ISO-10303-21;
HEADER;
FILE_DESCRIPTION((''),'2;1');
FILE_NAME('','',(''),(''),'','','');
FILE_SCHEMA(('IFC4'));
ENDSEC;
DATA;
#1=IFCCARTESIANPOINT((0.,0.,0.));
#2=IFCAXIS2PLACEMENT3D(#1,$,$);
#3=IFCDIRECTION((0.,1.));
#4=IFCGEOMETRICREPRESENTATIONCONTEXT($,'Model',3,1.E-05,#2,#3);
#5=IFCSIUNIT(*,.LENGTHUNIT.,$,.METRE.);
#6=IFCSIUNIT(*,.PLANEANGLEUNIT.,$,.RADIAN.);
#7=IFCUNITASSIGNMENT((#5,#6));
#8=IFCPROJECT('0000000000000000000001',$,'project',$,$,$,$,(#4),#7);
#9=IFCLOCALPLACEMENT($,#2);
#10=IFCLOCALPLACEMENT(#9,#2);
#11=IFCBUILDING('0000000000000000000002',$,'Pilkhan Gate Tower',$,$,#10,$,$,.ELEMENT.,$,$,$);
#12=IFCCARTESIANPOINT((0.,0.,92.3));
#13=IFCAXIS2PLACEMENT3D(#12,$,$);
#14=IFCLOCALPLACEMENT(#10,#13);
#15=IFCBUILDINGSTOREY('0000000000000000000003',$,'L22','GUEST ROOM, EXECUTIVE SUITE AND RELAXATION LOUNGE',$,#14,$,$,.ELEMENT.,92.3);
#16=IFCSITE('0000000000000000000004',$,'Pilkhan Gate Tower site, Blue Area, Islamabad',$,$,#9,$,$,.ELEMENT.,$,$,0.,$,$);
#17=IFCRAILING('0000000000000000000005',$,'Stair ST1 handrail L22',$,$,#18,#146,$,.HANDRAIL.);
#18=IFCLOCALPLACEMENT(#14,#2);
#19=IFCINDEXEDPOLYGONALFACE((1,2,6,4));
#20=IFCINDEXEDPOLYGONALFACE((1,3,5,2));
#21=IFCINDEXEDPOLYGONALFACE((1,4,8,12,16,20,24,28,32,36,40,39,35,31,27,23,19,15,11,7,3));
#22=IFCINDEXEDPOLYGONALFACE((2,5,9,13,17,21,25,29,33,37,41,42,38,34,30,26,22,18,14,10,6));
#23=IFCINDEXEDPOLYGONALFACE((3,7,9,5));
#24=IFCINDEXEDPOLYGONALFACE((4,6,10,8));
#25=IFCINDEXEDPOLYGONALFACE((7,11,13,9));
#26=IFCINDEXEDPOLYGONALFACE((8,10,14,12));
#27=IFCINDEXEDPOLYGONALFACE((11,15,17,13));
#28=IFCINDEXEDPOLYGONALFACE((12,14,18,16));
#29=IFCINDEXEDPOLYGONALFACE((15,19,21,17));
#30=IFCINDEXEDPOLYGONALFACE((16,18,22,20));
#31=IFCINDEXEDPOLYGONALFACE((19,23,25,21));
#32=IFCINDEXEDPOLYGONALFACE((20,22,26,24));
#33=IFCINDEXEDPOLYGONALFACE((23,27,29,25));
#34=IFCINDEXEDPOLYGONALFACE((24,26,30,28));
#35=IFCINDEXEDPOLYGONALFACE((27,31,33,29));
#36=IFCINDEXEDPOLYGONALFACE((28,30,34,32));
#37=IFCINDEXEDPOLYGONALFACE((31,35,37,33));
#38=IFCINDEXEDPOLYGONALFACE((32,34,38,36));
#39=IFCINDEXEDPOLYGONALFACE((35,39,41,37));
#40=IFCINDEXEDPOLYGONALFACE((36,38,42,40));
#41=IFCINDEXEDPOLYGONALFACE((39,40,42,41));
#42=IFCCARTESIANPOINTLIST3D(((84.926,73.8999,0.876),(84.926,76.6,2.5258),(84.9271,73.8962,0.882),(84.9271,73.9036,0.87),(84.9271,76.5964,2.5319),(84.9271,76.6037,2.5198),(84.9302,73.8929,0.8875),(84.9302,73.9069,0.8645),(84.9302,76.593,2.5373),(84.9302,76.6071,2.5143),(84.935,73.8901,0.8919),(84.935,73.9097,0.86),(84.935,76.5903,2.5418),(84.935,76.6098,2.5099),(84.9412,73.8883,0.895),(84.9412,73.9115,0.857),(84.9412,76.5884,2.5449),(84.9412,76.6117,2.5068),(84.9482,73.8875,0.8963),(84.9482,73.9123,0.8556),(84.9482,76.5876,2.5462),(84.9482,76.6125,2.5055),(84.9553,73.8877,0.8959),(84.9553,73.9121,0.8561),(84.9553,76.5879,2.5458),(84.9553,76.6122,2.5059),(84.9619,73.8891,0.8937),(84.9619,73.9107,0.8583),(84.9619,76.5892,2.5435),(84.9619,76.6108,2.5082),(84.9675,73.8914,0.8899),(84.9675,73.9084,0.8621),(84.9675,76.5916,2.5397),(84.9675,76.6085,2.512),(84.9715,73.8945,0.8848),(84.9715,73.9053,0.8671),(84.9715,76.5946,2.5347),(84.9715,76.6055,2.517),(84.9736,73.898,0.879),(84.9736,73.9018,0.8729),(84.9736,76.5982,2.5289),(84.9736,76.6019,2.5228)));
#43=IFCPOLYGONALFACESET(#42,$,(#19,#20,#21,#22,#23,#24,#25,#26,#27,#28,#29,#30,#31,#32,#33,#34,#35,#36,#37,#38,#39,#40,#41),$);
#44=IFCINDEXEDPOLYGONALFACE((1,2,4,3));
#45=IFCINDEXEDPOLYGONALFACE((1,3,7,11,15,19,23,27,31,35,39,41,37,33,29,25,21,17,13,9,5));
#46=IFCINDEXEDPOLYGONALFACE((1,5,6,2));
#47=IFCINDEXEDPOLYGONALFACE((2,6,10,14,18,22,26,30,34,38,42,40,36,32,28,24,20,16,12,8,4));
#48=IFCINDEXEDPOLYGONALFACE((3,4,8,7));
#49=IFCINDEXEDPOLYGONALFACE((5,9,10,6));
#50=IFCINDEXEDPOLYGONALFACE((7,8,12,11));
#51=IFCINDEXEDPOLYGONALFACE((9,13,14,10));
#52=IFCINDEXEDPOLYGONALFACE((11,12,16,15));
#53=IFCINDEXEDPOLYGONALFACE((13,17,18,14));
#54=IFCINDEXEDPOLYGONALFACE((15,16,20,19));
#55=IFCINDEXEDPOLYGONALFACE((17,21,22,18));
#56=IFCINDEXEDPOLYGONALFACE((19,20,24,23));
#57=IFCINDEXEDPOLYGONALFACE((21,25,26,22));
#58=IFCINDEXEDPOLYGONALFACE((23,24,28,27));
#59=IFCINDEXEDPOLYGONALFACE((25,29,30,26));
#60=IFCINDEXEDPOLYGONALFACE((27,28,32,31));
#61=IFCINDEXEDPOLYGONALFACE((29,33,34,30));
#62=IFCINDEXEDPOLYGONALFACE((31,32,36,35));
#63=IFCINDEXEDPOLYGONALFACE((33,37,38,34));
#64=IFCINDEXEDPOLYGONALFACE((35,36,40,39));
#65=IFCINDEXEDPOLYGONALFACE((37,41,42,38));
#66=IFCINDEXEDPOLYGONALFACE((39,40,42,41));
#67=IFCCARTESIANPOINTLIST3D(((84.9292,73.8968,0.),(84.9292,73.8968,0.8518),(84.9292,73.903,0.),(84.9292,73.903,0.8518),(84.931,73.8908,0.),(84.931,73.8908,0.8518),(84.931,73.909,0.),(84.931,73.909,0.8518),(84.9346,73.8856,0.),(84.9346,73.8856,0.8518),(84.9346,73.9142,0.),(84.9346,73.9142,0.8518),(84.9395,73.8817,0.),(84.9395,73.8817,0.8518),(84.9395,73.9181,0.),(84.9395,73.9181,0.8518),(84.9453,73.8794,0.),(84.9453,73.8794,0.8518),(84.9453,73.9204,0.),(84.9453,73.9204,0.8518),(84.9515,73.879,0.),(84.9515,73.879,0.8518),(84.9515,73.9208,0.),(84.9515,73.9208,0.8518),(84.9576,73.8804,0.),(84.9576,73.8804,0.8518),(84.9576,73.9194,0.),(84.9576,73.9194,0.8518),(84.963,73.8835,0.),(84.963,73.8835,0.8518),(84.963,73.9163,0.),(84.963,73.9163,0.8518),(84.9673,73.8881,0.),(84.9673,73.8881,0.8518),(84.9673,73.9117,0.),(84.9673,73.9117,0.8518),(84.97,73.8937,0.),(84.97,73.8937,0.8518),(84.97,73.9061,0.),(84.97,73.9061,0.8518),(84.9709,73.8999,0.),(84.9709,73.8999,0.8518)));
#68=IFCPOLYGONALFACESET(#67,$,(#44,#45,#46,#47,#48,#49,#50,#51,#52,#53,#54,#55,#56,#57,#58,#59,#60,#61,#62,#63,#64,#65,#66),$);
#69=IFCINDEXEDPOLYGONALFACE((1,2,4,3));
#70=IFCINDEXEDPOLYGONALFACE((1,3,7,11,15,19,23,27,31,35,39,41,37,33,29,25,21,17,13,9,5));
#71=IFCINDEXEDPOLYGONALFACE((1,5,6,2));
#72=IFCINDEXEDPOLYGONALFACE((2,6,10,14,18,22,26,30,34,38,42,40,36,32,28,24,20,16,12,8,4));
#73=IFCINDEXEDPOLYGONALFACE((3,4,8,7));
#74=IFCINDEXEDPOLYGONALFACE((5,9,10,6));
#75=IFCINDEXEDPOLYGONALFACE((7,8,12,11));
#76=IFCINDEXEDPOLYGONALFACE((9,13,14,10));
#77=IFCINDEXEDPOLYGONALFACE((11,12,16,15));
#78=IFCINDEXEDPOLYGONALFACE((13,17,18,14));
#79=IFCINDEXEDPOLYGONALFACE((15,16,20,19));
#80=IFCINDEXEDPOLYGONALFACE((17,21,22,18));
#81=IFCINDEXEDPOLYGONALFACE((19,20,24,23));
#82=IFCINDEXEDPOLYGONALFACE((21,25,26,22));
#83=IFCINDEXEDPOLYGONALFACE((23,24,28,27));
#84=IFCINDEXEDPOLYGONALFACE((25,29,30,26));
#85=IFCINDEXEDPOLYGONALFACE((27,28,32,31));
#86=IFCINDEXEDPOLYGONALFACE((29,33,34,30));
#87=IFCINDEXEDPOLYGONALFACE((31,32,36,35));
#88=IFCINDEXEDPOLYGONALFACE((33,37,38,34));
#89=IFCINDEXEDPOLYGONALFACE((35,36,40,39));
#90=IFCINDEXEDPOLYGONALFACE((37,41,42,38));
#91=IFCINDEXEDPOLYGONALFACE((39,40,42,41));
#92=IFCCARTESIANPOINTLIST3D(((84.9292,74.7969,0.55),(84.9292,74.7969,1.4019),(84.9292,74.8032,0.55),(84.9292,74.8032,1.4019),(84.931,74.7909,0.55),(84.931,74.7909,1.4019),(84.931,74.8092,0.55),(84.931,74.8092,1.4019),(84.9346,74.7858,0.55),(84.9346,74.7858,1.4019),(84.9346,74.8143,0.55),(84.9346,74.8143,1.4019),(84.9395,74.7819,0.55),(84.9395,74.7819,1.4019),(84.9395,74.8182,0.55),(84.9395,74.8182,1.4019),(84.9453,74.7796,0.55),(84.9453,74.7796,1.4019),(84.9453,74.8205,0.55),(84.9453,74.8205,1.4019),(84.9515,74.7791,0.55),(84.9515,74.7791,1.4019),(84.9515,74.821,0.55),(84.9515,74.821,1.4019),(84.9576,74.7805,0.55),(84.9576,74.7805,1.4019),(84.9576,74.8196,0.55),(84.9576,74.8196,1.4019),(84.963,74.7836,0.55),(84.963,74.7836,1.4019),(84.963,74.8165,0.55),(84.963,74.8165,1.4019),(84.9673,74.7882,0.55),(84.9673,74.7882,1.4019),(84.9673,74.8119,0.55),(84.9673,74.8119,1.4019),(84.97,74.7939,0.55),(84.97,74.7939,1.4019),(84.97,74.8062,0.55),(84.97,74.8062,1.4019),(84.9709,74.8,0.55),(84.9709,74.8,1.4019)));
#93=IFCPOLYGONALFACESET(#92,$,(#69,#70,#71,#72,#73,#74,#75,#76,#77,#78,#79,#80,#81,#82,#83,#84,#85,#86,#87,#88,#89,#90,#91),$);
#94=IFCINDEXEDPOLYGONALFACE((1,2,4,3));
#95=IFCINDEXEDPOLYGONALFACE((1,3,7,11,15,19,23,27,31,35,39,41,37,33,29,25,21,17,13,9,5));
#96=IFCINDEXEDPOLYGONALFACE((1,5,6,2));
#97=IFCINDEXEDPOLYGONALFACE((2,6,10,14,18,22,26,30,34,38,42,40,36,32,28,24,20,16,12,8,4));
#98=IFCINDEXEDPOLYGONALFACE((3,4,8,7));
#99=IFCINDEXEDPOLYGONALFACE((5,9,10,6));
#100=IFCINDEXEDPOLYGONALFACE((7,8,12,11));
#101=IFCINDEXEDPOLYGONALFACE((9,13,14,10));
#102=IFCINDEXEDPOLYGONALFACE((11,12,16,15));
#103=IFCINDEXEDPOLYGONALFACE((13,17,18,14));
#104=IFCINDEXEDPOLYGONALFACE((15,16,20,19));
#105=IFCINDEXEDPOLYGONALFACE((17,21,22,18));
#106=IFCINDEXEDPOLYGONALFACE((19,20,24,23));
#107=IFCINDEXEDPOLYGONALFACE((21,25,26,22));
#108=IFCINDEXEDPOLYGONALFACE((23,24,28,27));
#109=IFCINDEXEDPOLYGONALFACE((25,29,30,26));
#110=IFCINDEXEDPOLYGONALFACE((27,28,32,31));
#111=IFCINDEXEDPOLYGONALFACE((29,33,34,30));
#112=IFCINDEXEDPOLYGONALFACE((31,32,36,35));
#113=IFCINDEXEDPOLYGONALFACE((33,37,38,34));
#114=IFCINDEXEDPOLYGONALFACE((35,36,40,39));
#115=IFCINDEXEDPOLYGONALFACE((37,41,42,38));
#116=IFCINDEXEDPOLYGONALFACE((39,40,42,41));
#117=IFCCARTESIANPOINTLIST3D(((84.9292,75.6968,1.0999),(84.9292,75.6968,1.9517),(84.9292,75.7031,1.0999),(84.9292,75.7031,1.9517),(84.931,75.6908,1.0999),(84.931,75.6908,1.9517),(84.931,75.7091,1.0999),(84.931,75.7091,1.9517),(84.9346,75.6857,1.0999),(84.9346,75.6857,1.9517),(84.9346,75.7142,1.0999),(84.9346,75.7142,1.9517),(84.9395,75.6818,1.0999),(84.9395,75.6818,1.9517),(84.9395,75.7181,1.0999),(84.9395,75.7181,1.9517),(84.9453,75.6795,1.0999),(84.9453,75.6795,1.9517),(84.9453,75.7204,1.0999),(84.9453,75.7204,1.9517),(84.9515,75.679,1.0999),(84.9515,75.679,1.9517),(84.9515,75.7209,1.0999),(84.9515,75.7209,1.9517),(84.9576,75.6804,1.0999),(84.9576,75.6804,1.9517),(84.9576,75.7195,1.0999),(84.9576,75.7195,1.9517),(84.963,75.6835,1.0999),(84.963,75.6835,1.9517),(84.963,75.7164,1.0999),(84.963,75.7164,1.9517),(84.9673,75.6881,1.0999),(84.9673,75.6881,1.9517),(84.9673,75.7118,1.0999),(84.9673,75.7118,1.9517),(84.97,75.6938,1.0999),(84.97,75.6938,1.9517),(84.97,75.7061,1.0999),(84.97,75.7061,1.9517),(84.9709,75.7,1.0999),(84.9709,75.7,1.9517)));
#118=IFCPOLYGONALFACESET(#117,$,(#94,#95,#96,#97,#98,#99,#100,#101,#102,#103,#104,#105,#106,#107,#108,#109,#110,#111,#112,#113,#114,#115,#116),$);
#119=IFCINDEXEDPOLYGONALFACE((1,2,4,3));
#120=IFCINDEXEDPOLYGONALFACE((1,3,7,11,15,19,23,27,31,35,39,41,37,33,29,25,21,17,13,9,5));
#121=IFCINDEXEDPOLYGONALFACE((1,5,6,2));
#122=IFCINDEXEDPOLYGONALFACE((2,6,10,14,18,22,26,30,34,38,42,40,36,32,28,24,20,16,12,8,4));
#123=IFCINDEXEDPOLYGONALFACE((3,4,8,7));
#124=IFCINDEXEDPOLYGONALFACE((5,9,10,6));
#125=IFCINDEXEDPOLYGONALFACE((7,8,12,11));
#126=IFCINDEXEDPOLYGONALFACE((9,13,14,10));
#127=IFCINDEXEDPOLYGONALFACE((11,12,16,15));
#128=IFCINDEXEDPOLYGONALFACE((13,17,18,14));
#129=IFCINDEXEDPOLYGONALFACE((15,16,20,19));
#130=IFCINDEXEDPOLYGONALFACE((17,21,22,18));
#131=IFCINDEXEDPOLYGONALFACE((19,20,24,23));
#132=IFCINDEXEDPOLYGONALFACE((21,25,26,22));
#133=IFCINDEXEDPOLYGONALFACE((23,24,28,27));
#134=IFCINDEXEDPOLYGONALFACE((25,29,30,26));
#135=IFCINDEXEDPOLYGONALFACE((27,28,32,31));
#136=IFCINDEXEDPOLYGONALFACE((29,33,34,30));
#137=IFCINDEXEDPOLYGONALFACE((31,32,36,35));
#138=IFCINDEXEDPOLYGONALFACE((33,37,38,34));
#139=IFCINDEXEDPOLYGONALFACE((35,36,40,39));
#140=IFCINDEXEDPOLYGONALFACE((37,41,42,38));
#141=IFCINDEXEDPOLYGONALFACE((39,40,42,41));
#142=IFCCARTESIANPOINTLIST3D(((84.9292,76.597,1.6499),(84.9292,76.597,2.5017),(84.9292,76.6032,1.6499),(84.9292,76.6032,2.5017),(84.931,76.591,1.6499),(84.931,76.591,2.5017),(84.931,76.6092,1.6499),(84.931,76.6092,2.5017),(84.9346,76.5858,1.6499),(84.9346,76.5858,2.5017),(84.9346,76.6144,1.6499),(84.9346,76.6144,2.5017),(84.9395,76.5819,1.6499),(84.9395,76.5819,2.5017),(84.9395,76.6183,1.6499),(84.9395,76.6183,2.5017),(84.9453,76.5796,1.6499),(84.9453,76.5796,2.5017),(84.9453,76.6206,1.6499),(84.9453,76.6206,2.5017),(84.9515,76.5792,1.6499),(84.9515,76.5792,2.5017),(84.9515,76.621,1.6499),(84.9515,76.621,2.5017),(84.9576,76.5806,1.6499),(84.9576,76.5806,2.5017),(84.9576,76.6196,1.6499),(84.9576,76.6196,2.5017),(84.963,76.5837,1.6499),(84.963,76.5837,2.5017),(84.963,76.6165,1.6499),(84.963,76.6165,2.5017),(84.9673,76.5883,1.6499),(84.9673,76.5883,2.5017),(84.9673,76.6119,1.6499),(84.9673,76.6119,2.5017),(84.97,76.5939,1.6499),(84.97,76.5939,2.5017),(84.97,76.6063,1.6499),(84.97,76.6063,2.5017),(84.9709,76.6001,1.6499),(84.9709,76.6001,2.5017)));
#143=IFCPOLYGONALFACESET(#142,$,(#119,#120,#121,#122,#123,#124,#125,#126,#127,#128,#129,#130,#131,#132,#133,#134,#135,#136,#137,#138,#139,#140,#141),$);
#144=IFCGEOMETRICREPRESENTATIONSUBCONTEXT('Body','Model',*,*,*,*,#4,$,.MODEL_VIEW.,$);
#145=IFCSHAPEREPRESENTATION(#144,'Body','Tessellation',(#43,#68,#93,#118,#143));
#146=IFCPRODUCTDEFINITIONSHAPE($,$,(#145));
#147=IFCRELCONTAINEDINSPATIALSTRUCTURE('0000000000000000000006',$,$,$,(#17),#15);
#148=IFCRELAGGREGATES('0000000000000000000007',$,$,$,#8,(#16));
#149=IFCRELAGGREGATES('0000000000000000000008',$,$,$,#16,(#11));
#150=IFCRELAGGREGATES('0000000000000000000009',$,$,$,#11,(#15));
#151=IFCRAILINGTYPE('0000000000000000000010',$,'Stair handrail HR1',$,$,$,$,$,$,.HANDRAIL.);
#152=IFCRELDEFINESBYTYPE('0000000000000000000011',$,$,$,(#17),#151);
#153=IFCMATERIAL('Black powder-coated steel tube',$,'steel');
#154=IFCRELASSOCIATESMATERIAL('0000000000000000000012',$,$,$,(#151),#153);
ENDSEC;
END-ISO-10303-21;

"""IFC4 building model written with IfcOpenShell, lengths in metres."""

from ifc_helpers import new_model, si_unit, direction, frame, origin, origin_2d, place, context, subcontext, project, spatial, circle, extrude, material, type_object, element, save


model = new_model("IFC4")

# Units and contexts
model_context = context("Model", 3, precision=1e-05, world=origin(), true_north=direction((0.0, 1.0)))
body_context = subcontext(model_context, "Body", "Model", "MODEL_VIEW")
ifc_project = project(units=[si_unit("LENGTHUNIT", "METRE"), si_unit("PLANEANGLEUNIT", "RADIAN")], contexts=[model_context])

# Site, building, storey
site_placement = place(None, origin())
site = spatial("IfcSite", under=ifc_project, at=site_placement, Name="Pilkhan Gate Tower site, Blue Area, Islamabad", CompositionType="ELEMENT", RefElevation=0.0)
building_placement = place(site_placement, origin())
building = spatial("IfcBuilding", under=site, at=building_placement, Name="Pilkhan Gate Tower", CompositionType="ELEMENT")
storey_placement = place(building_placement, frame((0.0, 0.0, 92.3)))
storey = spatial("IfcBuildingStorey", under=building, at=storey_placement, Name="L22", Description="GUEST ROOM, EXECUTIVE SUITE AND RELAXATION LOUNGE", CompositionType="ELEMENT", Elevation=92.3)

# Railing
ifc_material_1 = material(Name="Black powder-coated steel tube", Category="steel")
railing_type_1 = type_object("IfcRailingType", Name="Stair handrail HR1", PredefinedType="HANDRAIL", material=ifc_material_1)
railing_1_placement = place(storey_placement, frame((84.95, 73.8999, 0.0)))
element("IfcRailing", 1, at=railing_1_placement, inside=storey, type_object=railing_type_1, Name="Stair ST1 handrail L22", PredefinedType="HANDRAIL", context=body_context, shape_type="SweptSolid", body=[
    extrude(circle(Radius=0.0239, at=origin_2d()), frame((0.0, 0.0, 0.876), z_axis=(0.0, 0.853312, 0.5214), x_axis=(-1.0, 0.0, 0.0)), (0.0, 0.0, 1.0), 3.1643),
    extrude(circle(Radius=0.021, at=origin_2d()), origin(), (0.0, 0.0, 1.0), 0.8518),
    extrude(circle(Radius=0.021, at=origin_2d()), frame((0.0, 0.9001, 0.55)), (0.0, 0.0, 1.0), 0.8518),
    extrude(circle(Radius=0.021, at=origin_2d()), frame((0.0, 1.8, 1.0999)), (0.0, 0.0, 1.0), 0.8518),
    extrude(circle(Radius=0.021, at=origin_2d()), frame((0.0, 2.7002, 1.6499)), (0.0, 0.0, 1.0), 0.8518),
])

save(model, "model.ifc")
